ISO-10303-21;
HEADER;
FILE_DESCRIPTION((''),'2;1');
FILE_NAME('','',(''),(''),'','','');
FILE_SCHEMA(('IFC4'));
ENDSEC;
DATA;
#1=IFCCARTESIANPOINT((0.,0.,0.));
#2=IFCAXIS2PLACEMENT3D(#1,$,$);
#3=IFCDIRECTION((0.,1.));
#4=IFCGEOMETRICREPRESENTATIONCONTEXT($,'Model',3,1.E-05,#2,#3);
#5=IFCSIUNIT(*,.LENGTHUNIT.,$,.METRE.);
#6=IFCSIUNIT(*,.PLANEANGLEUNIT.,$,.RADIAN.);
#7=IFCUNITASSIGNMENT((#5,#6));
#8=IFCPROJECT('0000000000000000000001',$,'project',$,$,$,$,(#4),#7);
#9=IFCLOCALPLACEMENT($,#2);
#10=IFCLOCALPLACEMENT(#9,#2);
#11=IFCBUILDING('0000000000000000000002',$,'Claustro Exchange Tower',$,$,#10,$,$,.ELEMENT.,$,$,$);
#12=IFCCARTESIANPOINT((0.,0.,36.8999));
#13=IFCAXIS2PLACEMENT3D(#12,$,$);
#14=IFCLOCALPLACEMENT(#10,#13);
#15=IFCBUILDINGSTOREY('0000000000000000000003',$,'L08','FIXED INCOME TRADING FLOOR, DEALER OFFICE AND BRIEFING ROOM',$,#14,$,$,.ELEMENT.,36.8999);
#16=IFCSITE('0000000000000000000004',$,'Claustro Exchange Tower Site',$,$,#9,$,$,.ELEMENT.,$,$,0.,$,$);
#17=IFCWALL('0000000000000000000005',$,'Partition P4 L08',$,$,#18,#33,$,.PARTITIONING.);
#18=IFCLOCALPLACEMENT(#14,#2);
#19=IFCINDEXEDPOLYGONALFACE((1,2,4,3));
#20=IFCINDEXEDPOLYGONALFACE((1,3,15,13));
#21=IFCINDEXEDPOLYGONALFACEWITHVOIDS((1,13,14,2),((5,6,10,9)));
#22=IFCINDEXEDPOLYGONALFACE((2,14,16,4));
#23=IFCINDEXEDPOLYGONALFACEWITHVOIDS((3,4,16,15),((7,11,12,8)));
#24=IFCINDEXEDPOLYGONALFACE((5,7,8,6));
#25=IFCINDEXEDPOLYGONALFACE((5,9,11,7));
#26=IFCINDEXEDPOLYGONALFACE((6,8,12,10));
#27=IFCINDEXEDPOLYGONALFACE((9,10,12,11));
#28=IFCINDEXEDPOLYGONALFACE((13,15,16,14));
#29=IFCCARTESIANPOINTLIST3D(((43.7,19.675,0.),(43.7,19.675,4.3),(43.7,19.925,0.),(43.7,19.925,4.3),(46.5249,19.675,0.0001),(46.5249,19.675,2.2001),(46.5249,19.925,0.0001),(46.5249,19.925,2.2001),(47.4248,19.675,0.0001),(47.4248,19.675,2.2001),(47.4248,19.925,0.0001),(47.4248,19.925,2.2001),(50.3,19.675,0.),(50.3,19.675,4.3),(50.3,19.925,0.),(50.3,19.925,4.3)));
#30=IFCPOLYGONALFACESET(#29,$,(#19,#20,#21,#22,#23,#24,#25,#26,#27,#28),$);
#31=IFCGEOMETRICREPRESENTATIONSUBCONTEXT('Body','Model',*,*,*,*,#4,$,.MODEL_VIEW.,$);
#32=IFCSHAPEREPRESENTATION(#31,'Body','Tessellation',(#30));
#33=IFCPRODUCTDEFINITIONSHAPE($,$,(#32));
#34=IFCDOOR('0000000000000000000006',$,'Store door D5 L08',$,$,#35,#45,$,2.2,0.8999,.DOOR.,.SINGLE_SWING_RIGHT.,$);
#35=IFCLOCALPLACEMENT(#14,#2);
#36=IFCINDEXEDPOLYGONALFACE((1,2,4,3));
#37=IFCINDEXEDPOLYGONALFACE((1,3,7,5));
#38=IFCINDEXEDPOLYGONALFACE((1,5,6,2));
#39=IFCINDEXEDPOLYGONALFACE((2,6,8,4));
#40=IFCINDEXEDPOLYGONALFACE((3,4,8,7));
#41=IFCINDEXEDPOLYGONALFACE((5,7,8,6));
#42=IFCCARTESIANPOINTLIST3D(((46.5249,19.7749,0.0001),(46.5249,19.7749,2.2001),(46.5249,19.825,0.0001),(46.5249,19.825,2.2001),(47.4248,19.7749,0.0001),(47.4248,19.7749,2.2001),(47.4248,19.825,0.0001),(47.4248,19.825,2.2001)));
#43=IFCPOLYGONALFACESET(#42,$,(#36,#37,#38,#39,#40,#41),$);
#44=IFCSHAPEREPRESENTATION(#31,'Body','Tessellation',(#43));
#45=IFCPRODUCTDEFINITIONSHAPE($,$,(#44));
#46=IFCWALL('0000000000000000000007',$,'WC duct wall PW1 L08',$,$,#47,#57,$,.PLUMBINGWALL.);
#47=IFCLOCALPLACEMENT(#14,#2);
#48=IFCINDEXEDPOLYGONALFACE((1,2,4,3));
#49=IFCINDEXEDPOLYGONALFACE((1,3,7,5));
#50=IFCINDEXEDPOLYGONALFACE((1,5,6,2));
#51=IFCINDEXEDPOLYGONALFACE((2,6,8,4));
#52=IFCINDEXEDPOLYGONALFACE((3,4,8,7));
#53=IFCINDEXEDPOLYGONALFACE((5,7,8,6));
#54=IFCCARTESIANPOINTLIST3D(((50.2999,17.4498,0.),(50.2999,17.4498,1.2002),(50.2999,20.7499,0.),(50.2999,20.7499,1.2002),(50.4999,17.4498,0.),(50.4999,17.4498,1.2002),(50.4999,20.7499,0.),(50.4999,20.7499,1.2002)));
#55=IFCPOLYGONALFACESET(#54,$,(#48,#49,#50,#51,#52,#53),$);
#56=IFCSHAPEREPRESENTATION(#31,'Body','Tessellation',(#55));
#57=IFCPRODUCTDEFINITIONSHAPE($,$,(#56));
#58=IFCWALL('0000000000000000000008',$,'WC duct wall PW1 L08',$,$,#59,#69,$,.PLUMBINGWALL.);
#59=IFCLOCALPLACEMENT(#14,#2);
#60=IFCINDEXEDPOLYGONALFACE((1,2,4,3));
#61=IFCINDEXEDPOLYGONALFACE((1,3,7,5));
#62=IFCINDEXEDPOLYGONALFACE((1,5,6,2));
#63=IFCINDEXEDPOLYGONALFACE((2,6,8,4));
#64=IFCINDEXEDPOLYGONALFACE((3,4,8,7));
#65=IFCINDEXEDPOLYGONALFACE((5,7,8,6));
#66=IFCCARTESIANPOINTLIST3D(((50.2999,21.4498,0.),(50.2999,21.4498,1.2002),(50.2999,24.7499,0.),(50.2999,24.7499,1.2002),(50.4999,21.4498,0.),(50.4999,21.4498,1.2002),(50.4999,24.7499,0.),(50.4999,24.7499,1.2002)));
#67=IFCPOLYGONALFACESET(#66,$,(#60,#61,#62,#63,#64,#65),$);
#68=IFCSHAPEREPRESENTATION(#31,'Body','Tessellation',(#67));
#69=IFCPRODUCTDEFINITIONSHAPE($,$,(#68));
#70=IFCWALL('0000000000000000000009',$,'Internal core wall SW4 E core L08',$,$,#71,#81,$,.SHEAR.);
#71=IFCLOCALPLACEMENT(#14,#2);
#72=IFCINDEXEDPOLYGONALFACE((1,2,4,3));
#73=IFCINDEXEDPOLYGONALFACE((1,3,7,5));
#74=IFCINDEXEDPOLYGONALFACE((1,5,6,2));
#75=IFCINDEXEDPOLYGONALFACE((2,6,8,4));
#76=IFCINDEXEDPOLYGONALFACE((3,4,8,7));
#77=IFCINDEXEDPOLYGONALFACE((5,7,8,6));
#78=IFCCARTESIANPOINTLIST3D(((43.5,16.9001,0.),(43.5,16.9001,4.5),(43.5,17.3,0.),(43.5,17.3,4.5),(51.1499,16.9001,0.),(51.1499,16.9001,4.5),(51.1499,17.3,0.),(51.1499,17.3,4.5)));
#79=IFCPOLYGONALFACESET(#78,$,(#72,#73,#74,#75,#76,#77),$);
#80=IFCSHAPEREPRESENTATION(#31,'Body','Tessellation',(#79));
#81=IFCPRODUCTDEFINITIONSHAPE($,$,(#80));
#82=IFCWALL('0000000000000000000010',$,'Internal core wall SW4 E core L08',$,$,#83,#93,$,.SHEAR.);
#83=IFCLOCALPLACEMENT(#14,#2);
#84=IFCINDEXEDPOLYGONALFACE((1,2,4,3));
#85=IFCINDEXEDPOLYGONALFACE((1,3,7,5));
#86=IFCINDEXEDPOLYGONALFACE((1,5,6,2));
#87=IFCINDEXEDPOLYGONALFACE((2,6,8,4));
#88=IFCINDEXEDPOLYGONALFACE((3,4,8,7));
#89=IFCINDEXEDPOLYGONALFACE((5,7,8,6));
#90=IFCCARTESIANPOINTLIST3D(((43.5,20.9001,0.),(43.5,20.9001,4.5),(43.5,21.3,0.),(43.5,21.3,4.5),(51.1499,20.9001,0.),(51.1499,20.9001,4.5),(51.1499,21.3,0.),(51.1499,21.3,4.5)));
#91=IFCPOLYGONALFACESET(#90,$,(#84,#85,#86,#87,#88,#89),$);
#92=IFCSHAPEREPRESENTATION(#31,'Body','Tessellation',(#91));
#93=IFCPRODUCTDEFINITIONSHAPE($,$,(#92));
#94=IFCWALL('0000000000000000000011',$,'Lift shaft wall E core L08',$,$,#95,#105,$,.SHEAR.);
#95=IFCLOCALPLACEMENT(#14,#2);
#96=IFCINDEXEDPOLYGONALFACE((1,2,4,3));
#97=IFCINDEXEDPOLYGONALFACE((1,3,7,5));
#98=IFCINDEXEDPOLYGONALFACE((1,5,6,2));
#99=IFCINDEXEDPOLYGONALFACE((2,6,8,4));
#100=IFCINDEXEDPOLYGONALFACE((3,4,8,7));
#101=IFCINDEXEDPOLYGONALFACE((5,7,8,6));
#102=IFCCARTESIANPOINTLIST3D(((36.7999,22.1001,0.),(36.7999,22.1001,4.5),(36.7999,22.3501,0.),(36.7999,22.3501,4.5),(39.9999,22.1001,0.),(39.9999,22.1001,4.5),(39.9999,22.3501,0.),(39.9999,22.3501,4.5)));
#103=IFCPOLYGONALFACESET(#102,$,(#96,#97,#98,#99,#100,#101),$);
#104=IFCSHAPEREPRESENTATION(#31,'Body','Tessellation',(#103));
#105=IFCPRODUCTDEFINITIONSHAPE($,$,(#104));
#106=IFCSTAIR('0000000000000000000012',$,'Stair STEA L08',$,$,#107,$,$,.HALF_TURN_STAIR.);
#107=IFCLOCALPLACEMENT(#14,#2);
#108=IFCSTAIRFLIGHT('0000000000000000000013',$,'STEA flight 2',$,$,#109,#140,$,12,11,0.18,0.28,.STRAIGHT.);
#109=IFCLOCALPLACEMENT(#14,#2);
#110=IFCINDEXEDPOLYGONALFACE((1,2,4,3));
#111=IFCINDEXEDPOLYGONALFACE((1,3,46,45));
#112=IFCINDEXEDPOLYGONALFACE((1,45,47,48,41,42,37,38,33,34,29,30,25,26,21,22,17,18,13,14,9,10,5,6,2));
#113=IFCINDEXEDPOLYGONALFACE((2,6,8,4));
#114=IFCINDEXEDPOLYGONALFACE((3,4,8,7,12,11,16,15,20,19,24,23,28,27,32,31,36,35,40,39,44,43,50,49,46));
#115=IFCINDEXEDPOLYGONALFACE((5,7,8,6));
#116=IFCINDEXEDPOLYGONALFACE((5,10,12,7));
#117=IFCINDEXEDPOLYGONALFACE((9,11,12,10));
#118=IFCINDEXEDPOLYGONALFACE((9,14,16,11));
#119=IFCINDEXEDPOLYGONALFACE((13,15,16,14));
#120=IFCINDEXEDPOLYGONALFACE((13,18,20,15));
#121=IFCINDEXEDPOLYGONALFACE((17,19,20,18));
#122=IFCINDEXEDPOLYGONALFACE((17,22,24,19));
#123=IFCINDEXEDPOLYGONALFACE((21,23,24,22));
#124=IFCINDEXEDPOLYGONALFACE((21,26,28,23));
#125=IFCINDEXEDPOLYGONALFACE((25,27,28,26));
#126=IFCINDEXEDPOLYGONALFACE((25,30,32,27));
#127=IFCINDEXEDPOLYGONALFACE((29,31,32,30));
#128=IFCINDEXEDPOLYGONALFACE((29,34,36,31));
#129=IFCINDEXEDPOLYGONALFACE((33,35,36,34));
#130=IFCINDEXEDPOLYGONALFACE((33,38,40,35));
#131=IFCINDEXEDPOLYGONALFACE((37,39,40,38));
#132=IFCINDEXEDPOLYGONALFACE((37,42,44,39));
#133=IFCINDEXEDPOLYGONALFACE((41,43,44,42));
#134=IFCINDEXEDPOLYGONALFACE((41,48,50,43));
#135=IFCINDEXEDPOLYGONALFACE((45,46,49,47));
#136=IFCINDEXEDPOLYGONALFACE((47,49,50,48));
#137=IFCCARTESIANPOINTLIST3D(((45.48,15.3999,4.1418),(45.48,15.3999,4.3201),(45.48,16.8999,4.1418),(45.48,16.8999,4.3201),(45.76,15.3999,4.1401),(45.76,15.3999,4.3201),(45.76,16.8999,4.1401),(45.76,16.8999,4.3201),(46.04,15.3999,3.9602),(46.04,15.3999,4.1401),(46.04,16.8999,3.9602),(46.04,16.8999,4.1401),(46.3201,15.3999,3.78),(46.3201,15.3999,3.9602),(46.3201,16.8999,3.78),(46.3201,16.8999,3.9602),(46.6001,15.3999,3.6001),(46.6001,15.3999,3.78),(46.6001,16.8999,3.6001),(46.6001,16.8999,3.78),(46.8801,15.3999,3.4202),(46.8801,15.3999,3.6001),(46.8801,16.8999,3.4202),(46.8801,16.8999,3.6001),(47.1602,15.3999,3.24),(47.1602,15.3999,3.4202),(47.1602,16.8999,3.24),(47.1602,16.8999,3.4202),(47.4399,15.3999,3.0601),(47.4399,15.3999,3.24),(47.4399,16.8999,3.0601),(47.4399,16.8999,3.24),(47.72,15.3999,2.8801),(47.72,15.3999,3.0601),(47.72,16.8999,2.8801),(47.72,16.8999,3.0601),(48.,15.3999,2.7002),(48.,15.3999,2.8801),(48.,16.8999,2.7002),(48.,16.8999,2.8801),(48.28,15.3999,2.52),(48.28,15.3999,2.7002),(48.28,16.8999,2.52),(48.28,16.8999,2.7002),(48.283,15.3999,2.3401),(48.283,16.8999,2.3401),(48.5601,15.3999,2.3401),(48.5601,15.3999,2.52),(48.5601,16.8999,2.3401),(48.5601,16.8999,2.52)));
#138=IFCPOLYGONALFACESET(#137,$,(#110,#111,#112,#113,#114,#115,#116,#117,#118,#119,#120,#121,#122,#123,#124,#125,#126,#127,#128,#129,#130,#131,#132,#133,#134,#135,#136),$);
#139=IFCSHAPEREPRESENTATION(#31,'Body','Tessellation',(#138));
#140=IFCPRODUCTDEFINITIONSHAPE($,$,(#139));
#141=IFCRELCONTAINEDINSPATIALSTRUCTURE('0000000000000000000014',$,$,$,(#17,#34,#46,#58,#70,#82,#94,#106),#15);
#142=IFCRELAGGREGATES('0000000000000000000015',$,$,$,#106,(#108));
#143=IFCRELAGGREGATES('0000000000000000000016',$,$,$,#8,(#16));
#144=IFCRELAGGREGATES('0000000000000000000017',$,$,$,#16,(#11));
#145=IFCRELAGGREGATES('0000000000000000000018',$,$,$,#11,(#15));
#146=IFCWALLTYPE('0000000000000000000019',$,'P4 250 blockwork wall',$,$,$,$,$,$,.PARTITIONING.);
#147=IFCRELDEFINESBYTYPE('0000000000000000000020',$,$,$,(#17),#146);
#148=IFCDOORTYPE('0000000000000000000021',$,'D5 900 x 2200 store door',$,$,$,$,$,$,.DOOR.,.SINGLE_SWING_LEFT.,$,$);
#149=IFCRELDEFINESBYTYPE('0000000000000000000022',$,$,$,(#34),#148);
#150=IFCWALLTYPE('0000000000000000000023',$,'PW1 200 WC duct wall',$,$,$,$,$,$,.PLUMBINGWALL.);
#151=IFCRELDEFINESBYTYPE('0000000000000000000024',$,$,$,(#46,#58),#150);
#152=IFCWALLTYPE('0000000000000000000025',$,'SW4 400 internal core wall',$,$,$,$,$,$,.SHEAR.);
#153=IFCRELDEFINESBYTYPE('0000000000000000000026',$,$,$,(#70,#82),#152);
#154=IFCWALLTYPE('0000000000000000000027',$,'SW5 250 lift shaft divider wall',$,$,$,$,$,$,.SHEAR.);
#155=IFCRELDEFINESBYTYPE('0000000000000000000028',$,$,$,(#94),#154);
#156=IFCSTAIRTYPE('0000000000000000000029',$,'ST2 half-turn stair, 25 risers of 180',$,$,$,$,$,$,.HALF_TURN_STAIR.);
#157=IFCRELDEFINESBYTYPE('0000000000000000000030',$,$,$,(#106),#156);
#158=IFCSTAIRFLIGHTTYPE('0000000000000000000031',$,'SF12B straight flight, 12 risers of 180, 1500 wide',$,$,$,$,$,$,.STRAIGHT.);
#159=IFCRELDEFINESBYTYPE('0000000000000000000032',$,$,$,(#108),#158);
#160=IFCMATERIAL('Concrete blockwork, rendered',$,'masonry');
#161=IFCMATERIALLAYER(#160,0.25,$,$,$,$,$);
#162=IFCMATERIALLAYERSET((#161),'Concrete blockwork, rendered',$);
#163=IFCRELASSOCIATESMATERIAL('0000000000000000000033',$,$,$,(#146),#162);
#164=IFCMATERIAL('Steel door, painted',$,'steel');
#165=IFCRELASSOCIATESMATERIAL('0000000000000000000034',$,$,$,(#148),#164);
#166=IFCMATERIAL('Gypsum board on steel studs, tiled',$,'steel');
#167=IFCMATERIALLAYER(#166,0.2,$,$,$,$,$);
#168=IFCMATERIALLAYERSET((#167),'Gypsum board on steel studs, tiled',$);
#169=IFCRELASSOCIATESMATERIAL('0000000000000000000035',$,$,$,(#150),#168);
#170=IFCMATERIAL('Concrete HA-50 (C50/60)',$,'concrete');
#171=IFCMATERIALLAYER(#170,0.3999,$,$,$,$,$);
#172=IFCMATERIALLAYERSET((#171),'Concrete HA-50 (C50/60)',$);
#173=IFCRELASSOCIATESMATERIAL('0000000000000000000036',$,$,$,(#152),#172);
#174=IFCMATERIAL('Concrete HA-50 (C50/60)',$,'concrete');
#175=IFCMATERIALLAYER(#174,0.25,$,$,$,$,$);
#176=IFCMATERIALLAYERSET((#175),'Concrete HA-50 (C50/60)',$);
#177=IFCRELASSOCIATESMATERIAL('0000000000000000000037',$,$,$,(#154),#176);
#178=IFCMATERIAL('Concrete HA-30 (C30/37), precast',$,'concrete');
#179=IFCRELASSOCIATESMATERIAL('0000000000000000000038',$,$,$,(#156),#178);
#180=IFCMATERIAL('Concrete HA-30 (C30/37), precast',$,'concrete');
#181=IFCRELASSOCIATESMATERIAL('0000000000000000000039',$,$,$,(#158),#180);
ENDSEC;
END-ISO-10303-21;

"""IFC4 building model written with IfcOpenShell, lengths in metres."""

from ifc_helpers import new_model, si_unit, direction, frame, frame_2d, origin, place, context, subcontext, project, spatial, polyline, rectangle, outline, extrude, material, layer, layer_set, type_object, element, fill, aggregate, save


model = new_model("IFC4")

# Units and contexts
model_context = context("Model", 3, precision=1e-05, world=origin(), true_north=direction((0.0, 1.0)))
body_context = subcontext(model_context, "Body", "Model", "MODEL_VIEW")
ifc_project = project(units=[si_unit("LENGTHUNIT", "METRE"), si_unit("PLANEANGLEUNIT", "RADIAN")], contexts=[model_context])

# Site, building, storey
site_placement = place(None, origin())
site = spatial("IfcSite", under=ifc_project, at=site_placement, Name="Claustro Exchange Tower Site", CompositionType="ELEMENT", RefElevation=0.0)
building_placement = place(site_placement, origin())
building = spatial("IfcBuilding", under=site, at=building_placement, Name="Claustro Exchange Tower", CompositionType="ELEMENT")
storey_placement = place(building_placement, frame((0.0, 0.0, 36.8999)))
storey = spatial("IfcBuildingStorey", under=building, at=storey_placement, Name="L08", Description="FIXED INCOME TRADING FLOOR, DEALER OFFICE AND BRIEFING ROOM", CompositionType="ELEMENT", Elevation=36.8999)

# Wall, opening, door
ifc_material_1 = material(Name="Concrete blockwork, rendered", Category="masonry")
ifc_layer_1 = layer(ifc_material_1, 0.25)
ifc_layer_set_1 = layer_set([ifc_layer_1], Name="Concrete blockwork, rendered")
wall_type_1 = type_object("IfcWallType", Name="P4 250 blockwork wall", PredefinedType="PARTITIONING", material=ifc_layer_set_1)
wall_1_placement = place(storey_placement, frame((43.7, 19.8, 0.0), z_axis=(0.0, 0.0, 1.0), x_axis=(1.0, 0.0, 0.0)))
wall_1 = element("IfcWall", 1, at=wall_1_placement, inside=storey, type_object=wall_type_1, Name="Partition P4 L08", PredefinedType="PARTITIONING", context=body_context, shape_type="SweptSolid", body=[
    extrude(rectangle(XDim=6.6001, YDim=0.25, at=frame_2d((3.3, 0.0))), origin(), (0.0, 0.0, 1.0), 4.3),
])
opening_placement = place(wall_1_placement, frame((2.825, 0.0, 0.0)))
opening = element("IfcOpeningElement", 2, at=opening_placement, cuts=wall_1, PredefinedType="OPENING", context=body_context, shape_type="SweptSolid", body=[
    extrude(rectangle(XDim=0.8999, YDim=2.2, at=frame_2d((0.45, 1.1001))), frame((0.0, 0.135, 0.0), z_axis=(0.0, -1.0, 0.0), x_axis=(1.0, 0.0, 0.0)), (0.0, 0.0, 1.0), 0.27),
])
ifc_material_2 = material(Name="Steel door, painted", Category="steel")
door_type = type_object("IfcDoorType", Name="D5 900 x 2200 store door", OperationType="SINGLE_SWING_LEFT", PredefinedType="DOOR", material=ifc_material_2)
door_placement = place(opening_placement, origin())
door = element("IfcDoor", 3, at=door_placement, inside=storey, type_object=door_type, Name="Store door D5 L08", OperationType="SINGLE_SWING_RIGHT", OverallHeight=2.2, OverallWidth=0.8999, PredefinedType="DOOR", context=body_context, shape_type="SweptSolid", body=[
    extrude(rectangle(XDim=0.8999, YDim=2.2, at=frame_2d((0.45, 1.1001))), frame((0.0, 0.0249, 0.0), z_axis=(0.0, -1.0, 0.0), x_axis=(1.0, 0.0, 0.0)), (0.0, 0.0, 1.0), 0.05),
])
fill(opening, door)

# Walls
ifc_material_3 = material(Name="Gypsum board on steel studs, tiled", Category="steel")
ifc_layer_2 = layer(ifc_material_3, 0.2)
ifc_layer_set_2 = layer_set([ifc_layer_2], Name="Gypsum board on steel studs, tiled")
wall_type_2 = type_object("IfcWallType", Name="PW1 200 WC duct wall", PredefinedType="PLUMBINGWALL", material=ifc_layer_set_2)
for number, where, z_axis, x_axis, name in (
    (4, (50.3999, 17.45, 0.0), (0.0, 0.0, 1.0), (0.0, 1.0, 0.0), "WC duct wall PW1 L08"),
    (5, (50.3999, 21.45, 0.0), (0.0, 0.0, 1.0), (0.0, 1.0, 0.0), "WC duct wall PW1 L08"),
):
    element("IfcWall", number, at=place(storey_placement, frame(where, z_axis=z_axis, x_axis=x_axis)), inside=storey, type_object=wall_type_2, Name=name, PredefinedType="PLUMBINGWALL", context=body_context, shape_type="SweptSolid", body=[
        extrude(rectangle(XDim=3.3, YDim=0.2, at=frame_2d((1.6499, 0.0))), origin(), (0.0, 0.0, 1.0), 1.2002),
    ])
ifc_material_4 = material(Name="Concrete HA-50 (C50/60)", Category="concrete")
ifc_layer_3 = layer(ifc_material_4, 0.3999)
ifc_layer_set_3 = layer_set([ifc_layer_3], Name="Concrete HA-50 (C50/60)")
wall_type_3 = type_object("IfcWallType", Name="SW4 400 internal core wall", PredefinedType="SHEAR", material=ifc_layer_set_3)
for number, where, z_axis, x_axis, name in (
    (6, (51.1499, 17.1001, 0.0), (0.0, 0.0, 1.0), (-1.0, 0.0, 0.0), "Internal core wall SW4 E core L08"),
    (7, (51.1499, 21.1001, 0.0), (0.0, 0.0, 1.0), (-1.0, 0.0, 0.0), "Internal core wall SW4 E core L08"),
):
    element("IfcWall", number, at=place(storey_placement, frame(where, z_axis=z_axis, x_axis=x_axis)), inside=storey, type_object=wall_type_3, Name=name, PredefinedType="SHEAR", context=body_context, shape_type="SweptSolid", body=[
        extrude(rectangle(XDim=7.6499, YDim=0.3999, at=frame_2d((3.825, 0.0))), origin(), (0.0, 0.0, 1.0), 4.5),
    ])
ifc_material_5 = material(Name="Concrete HA-50 (C50/60)", Category="concrete")
ifc_layer_4 = layer(ifc_material_5, 0.25)
ifc_layer_set_4 = layer_set([ifc_layer_4], Name="Concrete HA-50 (C50/60)")
wall_type_4 = type_object("IfcWallType", Name="SW5 250 lift shaft divider wall", PredefinedType="SHEAR", material=ifc_layer_set_4)
wall_2_placement = place(storey_placement, frame((40.0, 22.2251, 0.0), z_axis=(0.0, 0.0, 1.0), x_axis=(-1.0, 0.0, 0.0)))
element("IfcWall", 8, at=wall_2_placement, inside=storey, type_object=wall_type_4, Name="Lift shaft wall E core L08", PredefinedType="SHEAR", context=body_context, shape_type="SweptSolid", body=[
    extrude(rectangle(XDim=3.2, YDim=0.25, at=frame_2d((1.6001, 0.0))), origin(), (0.0, 0.0, 1.0), 4.5),
])

# Stair, stair flight
ifc_material_6 = material(Name="Concrete HA-30 (C30/37), precast", Category="concrete")
stair_type = type_object("IfcStairType", Name="ST2 half-turn stair, 25 risers of 180", PredefinedType="HALF_TURN_STAIR", material=ifc_material_6)
stair_placement = place(storey_placement, origin())
stair = element("IfcStair", 9, at=stair_placement, inside=storey, type_object=stair_type, Name="Stair STEA L08", PredefinedType="HALF_TURN_STAIR")
ifc_material_7 = material(Name="Concrete HA-30 (C30/37), precast", Category="concrete")
stair_flight_type = type_object("IfcStairFlightType", Name="SF12B straight flight, 12 risers of 180, 1500 wide", PredefinedType="STRAIGHT", material=ifc_material_7)
stair_flight_placement = place(storey_placement, frame((48.5601, 16.1499, 2.3401), z_axis=(0.0, 0.0, 1.0), x_axis=(-1.0, 0.0, 0.0)))
stair_flight = element("IfcStairFlight", 10, at=stair_flight_placement, type_object=stair_flight_type, Name="STEA flight 2", NumberOfRisers=12, NumberOfTreads=11, PredefinedType="STRAIGHT", RiserHeight=0.18, TreadLength=0.28, context=body_context, shape_type="SweptSolid", body=[
    extrude(outline(polyline([(0.0, 0.0), (0.0, 0.1799), (0.28, 0.1799), (0.28, 0.3601), (0.5601, 0.3601), (0.5601, 0.54), (0.8401, 0.54), (0.8401, 0.72), (1.1201, 0.72), (1.1201, 0.8999), (1.3999, 0.8999), (1.3999, 1.0801), (1.6799, 1.0801), (1.6799, 1.26), (1.96, 1.26), (1.96, 1.4399), (2.24, 1.4399), (2.24, 1.6201), (2.52, 1.6201), (2.52, 1.8), (2.8, 1.8), (2.8, 1.98), (3.0801, 1.98), (3.0801, 2.1599), (3.0801, 1.8018), (0.2771, 0.0), (0.0, 0.0)])), frame((0.0, 0.75, 0.0), z_axis=(0.0, -1.0, 0.0), x_axis=(1.0, 0.0, 0.0)), (0.0, 0.0, 1.0), 1.5),
])
aggregate(stair, [stair_flight])

save(model, "model.ifc")
